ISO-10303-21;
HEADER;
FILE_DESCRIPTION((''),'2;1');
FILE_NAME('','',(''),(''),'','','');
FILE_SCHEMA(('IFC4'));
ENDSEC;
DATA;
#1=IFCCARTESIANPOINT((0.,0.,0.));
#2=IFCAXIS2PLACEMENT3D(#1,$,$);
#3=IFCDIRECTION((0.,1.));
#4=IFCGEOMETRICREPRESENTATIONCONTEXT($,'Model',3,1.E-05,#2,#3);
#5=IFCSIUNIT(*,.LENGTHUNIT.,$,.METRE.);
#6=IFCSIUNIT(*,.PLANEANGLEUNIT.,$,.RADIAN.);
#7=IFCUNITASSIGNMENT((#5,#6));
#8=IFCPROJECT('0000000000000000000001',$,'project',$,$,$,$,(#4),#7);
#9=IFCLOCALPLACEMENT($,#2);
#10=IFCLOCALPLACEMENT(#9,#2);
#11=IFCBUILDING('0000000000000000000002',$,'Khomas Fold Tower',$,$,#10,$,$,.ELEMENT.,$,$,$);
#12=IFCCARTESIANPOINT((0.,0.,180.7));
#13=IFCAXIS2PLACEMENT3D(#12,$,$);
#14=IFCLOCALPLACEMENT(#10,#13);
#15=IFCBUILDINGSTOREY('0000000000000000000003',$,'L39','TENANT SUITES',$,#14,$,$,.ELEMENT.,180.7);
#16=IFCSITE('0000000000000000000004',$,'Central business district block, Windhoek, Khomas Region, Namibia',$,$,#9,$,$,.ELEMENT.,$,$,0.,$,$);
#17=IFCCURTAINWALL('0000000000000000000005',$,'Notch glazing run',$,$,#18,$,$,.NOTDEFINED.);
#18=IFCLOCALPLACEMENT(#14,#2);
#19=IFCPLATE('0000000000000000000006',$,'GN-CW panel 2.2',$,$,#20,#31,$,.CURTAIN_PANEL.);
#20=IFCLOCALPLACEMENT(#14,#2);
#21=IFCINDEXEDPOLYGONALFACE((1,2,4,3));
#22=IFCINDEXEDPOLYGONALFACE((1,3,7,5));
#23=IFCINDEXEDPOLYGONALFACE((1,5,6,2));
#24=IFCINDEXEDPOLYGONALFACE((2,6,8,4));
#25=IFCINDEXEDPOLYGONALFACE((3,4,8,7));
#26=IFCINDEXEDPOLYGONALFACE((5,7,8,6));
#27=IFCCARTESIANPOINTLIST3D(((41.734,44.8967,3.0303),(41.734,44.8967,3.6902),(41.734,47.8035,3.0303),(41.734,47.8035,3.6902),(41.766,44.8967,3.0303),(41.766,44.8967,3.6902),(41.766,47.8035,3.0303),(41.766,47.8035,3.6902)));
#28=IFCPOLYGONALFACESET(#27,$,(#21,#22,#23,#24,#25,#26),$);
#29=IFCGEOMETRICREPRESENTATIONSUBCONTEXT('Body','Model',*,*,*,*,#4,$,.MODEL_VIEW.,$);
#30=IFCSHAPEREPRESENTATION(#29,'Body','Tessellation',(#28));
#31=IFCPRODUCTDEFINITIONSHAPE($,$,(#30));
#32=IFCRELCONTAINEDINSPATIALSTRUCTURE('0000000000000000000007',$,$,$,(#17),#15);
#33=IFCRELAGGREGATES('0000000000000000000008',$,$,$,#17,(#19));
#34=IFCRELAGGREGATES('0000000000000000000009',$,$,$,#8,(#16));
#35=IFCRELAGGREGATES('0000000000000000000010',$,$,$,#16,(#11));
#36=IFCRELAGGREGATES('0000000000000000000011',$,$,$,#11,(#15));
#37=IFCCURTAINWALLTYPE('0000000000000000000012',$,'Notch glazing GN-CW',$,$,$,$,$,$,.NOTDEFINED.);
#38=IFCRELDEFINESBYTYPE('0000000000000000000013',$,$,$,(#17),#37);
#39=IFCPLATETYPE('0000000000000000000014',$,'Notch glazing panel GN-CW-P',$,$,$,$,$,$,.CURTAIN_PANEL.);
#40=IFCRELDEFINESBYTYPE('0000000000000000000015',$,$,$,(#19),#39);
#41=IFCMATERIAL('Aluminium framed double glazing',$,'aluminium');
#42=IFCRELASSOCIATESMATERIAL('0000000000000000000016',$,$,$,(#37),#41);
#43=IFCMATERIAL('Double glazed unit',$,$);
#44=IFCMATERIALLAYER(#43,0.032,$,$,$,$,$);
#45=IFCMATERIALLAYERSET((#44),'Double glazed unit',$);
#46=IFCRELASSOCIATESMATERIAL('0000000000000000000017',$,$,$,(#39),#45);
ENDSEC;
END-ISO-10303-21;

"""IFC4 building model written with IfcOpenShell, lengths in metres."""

from ifc_helpers import new_model, si_unit, direction, frame, origin, origin_2d, place, context, subcontext, project, spatial, rectangle, extrude, source, transform, mapped, material, layer, layer_set, type_object, element, aggregate, save


model = new_model("IFC4")

# Units and contexts
model_context = context("Model", 3, precision=1e-05, world=origin(), true_north=direction((0.0, 1.0)))
body_context = subcontext(model_context, "Body", "Model", "MODEL_VIEW")
ifc_project = project(units=[si_unit("LENGTHUNIT", "METRE"), si_unit("PLANEANGLEUNIT", "RADIAN")], contexts=[model_context])

# Site, building, storey
site_placement = place(None, origin())
site = spatial("IfcSite", under=ifc_project, at=site_placement, Name="Central business district block, Windhoek, Khomas Region, Namibia", CompositionType="ELEMENT", RefElevation=0.0)
building_placement = place(site_placement, origin())
building = spatial("IfcBuilding", under=site, at=building_placement, Name="Khomas Fold Tower", CompositionType="ELEMENT")
storey_placement = place(building_placement, frame((0.0, 0.0, 180.7)))
storey = spatial("IfcBuildingStorey", under=building, at=storey_placement, Name="L39", Description="TENANT SUITES", CompositionType="ELEMENT", Elevation=180.7)

# Curtain wall
ifc_material_1 = material(Name="Aluminium framed double glazing", Category="aluminium")
curtain_wall_type_1 = type_object("IfcCurtainWallType", Name="Notch glazing GN-CW", PredefinedType="NOTDEFINED", material=ifc_material_1)
curtain_wall_1_placement = place(storey_placement, origin())
curtain_wall_1 = element("IfcCurtainWall", 1, at=curtain_wall_1_placement, inside=storey, type_object=curtain_wall_type_1, Name="Notch glazing run", PredefinedType="NOTDEFINED")

# Plate
ifc_material_2 = material(Name="Double glazed unit")
ifc_layer_1 = layer(ifc_material_2, 0.032)
ifc_layer_set_1 = layer_set([ifc_layer_1], Name="Double glazed unit")
plate_type_1 = type_object("IfcPlateType", Name="Notch glazing panel GN-CW-P", PredefinedType="CURTAIN_PANEL", material=ifc_layer_set_1)
shared_shape_1 = source(origin(), body_context, "Body", "SweptSolid", [
    extrude(rectangle(XDim=2.9067, YDim=0.032, at=origin_2d()), origin(), (0.0, 0.0, 1.0), 0.6599),
])
plate_1_placement = place(storey_placement, frame((41.75, 46.3501, 3.0303), z_axis=(0.0, 0.0, 1.0), x_axis=(0.0, -1.0, 0.0)))
plate_1 = element("IfcPlate", 2, at=plate_1_placement, type_object=plate_type_1, Name="GN-CW panel 2.2", PredefinedType="CURTAIN_PANEL", context=body_context, shape_type="MappedRepresentation", body=[
    mapped(shared_shape_1, transform((0.0, 0.0, 0.0))),
])
aggregate(curtain_wall_1, [plate_1])

save(model, "model.ifc")
